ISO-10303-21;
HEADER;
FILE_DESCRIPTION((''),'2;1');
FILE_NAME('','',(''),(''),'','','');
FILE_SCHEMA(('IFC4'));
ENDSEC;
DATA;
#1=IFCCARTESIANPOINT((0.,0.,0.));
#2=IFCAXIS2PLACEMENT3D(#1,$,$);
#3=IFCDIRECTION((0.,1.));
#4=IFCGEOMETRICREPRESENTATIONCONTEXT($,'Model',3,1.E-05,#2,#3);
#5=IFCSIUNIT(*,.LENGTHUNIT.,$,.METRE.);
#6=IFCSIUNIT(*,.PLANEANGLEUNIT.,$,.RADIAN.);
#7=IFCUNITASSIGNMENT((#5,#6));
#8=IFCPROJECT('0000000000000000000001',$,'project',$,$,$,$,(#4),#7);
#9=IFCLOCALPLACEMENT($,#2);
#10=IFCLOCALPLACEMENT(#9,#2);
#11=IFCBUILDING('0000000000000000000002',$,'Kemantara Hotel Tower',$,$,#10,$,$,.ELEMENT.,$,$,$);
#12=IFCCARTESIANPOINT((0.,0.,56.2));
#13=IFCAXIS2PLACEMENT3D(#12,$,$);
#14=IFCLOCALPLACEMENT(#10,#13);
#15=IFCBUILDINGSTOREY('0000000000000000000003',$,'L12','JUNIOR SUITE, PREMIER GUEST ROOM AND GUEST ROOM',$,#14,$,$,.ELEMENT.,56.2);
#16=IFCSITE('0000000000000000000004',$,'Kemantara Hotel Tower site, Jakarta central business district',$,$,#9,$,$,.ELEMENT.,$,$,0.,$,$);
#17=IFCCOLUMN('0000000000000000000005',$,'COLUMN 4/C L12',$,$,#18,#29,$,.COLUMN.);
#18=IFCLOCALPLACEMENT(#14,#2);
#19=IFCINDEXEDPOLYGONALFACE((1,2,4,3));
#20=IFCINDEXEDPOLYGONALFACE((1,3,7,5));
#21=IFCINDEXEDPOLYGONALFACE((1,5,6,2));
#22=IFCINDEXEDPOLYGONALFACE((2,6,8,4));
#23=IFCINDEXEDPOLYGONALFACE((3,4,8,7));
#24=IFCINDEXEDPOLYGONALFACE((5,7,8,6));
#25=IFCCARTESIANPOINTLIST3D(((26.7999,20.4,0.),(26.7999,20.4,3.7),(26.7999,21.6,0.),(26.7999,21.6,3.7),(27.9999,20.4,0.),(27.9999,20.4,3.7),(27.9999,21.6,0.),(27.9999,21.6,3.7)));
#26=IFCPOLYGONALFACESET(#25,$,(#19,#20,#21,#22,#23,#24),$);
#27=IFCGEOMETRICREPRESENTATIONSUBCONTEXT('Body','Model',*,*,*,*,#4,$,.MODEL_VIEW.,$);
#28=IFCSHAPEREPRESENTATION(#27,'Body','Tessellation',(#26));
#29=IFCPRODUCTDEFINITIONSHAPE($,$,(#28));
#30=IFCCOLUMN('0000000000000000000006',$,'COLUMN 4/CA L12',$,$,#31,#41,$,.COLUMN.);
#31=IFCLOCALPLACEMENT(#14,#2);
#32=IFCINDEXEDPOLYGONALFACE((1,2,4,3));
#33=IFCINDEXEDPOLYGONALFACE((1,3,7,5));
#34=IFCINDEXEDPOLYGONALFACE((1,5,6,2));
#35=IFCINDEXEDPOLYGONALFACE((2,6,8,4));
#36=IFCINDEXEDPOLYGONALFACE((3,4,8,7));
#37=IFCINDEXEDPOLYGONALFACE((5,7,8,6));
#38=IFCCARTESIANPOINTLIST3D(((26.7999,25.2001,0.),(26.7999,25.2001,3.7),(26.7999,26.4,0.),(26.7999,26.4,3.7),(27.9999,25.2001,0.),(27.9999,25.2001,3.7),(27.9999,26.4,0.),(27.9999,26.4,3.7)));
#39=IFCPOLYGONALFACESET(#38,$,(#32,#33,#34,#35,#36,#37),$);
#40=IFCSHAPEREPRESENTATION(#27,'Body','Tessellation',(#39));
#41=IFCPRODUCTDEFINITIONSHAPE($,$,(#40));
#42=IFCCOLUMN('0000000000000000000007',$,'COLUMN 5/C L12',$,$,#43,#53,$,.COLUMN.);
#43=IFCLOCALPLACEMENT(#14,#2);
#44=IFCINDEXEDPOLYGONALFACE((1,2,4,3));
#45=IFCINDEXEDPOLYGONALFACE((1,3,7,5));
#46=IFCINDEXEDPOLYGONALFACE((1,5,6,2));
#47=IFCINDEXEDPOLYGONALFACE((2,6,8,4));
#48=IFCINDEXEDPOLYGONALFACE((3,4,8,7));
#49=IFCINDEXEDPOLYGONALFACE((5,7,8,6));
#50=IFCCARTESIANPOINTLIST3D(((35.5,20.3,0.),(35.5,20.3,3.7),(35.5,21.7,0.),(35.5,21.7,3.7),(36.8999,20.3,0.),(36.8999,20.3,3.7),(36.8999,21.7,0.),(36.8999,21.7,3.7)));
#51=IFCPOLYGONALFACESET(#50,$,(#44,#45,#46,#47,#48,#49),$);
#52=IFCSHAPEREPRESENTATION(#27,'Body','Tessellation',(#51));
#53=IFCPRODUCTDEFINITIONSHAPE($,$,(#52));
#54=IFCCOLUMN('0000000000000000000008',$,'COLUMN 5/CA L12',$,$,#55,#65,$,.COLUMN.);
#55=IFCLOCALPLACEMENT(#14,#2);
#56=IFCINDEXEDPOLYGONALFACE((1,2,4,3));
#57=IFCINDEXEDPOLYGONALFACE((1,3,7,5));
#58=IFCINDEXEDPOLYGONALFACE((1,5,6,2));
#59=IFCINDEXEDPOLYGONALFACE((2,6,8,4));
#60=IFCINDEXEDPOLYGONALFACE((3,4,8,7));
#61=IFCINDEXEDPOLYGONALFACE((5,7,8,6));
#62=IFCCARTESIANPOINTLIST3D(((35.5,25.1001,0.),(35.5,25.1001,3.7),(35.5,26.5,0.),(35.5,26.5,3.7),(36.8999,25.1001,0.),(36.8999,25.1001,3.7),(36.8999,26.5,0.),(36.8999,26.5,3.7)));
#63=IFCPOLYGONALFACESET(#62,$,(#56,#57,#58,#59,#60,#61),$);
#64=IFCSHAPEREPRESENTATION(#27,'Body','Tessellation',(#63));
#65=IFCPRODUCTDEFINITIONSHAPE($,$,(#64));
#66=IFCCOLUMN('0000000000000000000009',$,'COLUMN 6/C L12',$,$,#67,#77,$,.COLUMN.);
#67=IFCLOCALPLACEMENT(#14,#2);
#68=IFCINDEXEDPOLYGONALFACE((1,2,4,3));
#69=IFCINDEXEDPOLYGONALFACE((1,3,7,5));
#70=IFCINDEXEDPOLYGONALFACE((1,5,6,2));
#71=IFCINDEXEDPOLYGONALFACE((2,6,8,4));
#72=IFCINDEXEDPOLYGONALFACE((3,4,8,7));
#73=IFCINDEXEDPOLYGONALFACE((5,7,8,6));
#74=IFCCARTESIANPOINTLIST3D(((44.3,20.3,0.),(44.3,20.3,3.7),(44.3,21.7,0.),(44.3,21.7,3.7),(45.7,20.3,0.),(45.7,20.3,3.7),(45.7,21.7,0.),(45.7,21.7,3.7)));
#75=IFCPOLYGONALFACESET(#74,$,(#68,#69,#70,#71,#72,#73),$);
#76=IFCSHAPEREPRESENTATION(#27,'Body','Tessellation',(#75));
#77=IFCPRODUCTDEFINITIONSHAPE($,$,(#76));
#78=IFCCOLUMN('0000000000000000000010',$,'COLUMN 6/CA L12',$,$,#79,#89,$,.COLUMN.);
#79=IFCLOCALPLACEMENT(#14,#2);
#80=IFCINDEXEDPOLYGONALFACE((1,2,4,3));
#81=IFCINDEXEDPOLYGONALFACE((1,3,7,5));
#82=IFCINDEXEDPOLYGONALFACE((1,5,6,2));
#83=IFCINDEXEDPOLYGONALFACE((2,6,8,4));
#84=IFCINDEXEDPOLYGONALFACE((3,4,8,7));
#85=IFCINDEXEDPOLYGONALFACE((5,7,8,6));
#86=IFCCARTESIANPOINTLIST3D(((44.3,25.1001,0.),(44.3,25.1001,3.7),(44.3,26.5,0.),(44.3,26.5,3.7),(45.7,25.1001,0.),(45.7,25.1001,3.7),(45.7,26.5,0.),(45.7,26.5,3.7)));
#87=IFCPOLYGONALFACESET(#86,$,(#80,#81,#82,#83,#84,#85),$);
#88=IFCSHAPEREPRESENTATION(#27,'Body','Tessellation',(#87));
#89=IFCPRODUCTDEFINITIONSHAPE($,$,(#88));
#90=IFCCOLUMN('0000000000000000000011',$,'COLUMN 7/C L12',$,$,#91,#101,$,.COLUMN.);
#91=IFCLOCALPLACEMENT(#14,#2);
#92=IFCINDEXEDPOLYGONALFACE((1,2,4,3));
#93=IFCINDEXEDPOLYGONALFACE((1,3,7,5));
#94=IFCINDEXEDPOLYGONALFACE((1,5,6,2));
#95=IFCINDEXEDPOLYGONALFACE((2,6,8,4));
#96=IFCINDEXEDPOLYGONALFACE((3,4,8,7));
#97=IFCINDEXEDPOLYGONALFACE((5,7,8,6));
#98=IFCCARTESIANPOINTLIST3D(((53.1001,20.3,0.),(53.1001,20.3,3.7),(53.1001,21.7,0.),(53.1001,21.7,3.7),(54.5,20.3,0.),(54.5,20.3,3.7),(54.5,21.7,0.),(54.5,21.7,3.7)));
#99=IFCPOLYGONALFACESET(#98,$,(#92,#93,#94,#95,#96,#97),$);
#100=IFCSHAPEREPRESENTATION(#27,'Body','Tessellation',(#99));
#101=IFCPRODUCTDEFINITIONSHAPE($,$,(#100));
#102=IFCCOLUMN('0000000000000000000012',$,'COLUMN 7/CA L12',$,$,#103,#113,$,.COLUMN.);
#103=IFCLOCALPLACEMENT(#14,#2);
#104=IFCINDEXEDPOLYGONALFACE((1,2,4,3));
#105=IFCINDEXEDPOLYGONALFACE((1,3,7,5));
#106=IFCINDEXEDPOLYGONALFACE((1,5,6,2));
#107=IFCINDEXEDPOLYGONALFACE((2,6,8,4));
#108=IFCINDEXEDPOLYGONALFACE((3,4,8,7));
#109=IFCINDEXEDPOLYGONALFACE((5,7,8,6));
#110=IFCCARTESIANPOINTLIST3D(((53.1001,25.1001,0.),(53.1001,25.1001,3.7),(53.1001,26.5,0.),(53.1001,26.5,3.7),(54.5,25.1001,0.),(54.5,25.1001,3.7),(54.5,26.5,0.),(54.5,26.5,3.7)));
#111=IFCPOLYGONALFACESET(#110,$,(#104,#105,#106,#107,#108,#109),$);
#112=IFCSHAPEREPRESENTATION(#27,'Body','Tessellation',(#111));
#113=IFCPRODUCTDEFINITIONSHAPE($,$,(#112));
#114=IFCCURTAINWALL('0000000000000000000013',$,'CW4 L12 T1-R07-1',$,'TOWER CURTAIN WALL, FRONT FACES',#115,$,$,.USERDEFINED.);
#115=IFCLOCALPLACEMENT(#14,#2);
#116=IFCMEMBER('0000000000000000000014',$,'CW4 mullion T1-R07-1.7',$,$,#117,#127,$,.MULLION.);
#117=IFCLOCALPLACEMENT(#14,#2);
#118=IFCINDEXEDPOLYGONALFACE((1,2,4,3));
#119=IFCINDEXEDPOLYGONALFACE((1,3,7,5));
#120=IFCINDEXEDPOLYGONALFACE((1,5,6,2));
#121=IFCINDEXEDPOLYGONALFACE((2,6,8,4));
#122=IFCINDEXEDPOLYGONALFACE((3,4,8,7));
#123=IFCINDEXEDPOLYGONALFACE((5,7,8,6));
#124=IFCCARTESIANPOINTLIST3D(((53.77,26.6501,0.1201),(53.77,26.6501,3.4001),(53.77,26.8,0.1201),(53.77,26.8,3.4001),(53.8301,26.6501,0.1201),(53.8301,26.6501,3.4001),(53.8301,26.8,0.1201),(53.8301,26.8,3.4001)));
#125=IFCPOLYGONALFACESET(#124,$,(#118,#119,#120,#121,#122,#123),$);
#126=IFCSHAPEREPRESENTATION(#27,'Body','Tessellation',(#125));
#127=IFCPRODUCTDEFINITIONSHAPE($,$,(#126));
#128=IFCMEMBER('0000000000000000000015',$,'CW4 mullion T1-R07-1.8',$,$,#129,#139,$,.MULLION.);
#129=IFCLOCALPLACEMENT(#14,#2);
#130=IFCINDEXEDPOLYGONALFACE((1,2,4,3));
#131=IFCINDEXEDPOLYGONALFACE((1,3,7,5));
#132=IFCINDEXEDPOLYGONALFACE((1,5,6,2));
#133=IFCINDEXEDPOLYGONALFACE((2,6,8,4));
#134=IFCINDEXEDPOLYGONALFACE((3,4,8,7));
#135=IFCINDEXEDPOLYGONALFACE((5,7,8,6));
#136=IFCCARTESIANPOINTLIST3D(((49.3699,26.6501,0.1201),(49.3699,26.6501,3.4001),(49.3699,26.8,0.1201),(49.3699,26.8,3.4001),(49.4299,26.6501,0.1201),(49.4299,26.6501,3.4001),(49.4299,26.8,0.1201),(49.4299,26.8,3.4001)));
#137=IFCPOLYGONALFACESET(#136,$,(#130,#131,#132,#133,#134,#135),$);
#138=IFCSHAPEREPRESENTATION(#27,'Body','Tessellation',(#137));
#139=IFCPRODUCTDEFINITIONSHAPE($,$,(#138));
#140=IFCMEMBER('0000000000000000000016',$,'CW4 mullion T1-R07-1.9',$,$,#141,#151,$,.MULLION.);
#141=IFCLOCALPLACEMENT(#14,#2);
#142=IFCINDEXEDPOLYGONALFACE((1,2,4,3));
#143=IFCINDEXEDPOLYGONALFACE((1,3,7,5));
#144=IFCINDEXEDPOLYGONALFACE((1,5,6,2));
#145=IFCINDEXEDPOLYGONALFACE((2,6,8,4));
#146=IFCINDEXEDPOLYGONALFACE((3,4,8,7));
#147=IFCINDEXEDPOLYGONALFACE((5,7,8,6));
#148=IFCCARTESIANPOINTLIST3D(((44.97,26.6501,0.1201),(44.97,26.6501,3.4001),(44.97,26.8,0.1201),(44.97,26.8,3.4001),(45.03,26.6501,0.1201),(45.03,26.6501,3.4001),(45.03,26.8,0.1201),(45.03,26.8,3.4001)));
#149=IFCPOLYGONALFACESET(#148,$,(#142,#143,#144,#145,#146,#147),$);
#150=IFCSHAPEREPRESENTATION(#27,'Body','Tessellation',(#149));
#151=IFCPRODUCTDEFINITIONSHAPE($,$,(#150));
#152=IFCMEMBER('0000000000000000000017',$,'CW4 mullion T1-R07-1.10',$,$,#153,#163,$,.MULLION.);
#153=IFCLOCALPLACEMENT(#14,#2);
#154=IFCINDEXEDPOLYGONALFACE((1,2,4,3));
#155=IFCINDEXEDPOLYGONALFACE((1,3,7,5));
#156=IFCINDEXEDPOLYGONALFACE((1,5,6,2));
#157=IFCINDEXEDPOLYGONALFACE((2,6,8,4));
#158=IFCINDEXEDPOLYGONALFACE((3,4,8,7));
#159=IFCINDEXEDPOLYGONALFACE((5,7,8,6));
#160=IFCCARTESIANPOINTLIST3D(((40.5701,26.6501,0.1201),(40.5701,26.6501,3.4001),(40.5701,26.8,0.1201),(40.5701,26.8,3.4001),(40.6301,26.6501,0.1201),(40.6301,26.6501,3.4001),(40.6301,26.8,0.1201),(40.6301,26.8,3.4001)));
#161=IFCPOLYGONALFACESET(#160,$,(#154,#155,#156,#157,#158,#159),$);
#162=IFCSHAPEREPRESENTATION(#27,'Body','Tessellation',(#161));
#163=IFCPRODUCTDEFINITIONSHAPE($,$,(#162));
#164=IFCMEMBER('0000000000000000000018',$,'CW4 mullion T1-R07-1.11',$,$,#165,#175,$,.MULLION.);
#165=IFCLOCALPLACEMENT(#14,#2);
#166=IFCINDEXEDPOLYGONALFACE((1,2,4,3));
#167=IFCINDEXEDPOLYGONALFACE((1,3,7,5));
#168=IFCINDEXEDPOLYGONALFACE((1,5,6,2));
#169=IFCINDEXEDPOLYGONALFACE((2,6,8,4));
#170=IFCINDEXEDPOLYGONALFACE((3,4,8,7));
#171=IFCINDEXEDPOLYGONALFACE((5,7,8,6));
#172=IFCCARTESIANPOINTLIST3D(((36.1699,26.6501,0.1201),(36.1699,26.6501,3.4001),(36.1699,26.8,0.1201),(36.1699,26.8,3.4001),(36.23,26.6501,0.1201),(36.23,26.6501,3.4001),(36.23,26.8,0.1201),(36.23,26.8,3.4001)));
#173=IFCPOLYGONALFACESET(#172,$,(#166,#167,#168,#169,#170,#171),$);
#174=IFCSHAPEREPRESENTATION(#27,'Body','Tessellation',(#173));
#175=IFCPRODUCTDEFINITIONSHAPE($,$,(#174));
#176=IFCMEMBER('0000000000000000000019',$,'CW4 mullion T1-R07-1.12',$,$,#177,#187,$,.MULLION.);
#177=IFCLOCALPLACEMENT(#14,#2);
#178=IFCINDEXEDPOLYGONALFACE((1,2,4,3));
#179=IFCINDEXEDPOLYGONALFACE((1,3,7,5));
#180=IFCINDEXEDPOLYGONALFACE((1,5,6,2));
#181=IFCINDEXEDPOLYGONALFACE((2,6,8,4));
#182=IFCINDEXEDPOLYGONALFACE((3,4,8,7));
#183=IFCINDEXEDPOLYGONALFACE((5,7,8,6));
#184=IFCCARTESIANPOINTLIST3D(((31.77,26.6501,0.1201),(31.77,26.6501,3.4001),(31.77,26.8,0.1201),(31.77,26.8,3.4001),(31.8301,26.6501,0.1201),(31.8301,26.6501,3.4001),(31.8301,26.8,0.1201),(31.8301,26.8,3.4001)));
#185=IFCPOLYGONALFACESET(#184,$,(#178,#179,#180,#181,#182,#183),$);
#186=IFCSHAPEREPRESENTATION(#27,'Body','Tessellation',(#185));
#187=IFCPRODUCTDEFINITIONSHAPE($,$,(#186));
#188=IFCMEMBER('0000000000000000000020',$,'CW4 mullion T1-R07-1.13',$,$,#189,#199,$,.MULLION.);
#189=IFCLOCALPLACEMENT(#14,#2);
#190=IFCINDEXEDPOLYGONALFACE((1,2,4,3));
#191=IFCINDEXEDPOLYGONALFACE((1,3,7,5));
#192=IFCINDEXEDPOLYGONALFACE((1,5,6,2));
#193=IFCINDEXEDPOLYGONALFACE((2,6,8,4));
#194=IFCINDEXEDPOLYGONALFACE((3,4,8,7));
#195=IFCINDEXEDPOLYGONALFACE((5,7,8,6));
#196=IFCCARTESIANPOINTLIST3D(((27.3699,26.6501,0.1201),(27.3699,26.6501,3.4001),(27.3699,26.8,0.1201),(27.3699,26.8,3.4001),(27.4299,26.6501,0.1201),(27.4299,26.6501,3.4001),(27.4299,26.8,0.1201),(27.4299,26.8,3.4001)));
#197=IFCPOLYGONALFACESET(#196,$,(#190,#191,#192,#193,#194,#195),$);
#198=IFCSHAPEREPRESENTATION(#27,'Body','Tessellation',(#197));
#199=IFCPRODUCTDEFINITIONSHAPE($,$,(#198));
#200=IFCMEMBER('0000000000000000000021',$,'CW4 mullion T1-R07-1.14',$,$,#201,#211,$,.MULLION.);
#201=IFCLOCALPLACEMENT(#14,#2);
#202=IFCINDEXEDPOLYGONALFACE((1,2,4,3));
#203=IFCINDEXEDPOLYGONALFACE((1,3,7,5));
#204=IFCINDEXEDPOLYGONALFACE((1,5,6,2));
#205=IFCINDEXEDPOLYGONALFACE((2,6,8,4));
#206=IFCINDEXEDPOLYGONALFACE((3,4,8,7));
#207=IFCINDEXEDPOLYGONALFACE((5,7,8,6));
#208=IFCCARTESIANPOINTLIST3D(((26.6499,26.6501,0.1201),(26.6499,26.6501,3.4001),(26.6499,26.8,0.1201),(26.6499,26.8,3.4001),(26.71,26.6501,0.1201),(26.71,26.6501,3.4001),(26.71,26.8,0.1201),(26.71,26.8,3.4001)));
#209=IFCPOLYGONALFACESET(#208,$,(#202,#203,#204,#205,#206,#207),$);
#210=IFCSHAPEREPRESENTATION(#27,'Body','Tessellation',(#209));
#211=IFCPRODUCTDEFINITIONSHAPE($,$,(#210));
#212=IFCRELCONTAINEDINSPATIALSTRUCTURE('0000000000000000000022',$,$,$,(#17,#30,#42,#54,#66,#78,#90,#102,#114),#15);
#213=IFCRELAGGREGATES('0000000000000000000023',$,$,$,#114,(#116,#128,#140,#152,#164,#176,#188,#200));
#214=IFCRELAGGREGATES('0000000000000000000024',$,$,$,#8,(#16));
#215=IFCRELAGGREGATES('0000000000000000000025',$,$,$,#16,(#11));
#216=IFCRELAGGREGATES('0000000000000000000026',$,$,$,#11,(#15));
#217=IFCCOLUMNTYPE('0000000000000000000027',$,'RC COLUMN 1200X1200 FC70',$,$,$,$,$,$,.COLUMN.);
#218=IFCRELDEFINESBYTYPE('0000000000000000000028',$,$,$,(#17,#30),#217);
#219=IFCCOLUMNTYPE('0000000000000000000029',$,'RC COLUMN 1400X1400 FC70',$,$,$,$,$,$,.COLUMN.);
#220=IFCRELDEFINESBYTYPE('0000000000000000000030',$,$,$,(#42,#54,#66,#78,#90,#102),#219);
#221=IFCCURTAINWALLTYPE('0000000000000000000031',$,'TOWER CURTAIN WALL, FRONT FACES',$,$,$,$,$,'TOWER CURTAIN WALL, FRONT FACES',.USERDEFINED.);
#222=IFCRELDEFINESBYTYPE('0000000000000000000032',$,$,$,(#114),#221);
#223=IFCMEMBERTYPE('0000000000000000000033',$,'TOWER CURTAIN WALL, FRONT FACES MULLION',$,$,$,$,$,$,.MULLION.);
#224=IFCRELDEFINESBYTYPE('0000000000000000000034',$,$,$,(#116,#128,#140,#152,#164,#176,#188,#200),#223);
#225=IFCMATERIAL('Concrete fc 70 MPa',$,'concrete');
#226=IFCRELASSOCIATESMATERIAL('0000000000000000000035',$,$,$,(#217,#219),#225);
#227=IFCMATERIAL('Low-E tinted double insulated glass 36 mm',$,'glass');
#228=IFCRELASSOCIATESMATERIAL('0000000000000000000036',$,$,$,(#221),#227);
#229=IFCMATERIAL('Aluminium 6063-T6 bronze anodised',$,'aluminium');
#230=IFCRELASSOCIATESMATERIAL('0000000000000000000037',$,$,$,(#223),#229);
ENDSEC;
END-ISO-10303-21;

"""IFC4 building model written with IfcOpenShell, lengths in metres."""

from ifc_helpers import new_model, si_unit, direction, frame, origin, origin_2d, place, context, subcontext, project, spatial, rectangle, extrude, source, transform, mapped, material, material_profile, profile_set, type_object, element, aggregate, save


model = new_model("IFC4")

# Units and contexts
model_context = context("Model", 3, precision=1e-05, world=origin(), true_north=direction((0.0, 1.0)))
body_context = subcontext(model_context, "Body", "Model", "MODEL_VIEW")
ifc_project = project(units=[si_unit("LENGTHUNIT", "METRE"), si_unit("PLANEANGLEUNIT", "RADIAN")], contexts=[model_context])

# Site, building, storey
site_placement = place(None, origin())
site = spatial("IfcSite", under=ifc_project, at=site_placement, Name="Kemantara Hotel Tower site, Jakarta central business district", CompositionType="ELEMENT", RefElevation=0.0)
building_placement = place(site_placement, origin())
building = spatial("IfcBuilding", under=site, at=building_placement, Name="Kemantara Hotel Tower", CompositionType="ELEMENT")
storey_placement = place(building_placement, frame((0.0, 0.0, 56.2)))
storey = spatial("IfcBuildingStorey", under=building, at=storey_placement, Name="L12", Description="JUNIOR SUITE, PREMIER GUEST ROOM AND GUEST ROOM", CompositionType="ELEMENT", Elevation=56.2)

# Columns
ifc_material_1 = material(Name="Concrete fc 70 MPa", Category="concrete")
ifc_material_profile_1 = material_profile(ifc_material_1, rectangle(XDim=1.2, YDim=1.2, at=origin_2d()), Name="RC 1200X1200")
ifc_profile_set_1 = profile_set([ifc_material_profile_1], Name="Concrete fc 70 MPa")
column_type_1 = type_object("IfcColumnType", Name="RC COLUMN 1200X1200 FC70", PredefinedType="COLUMN", material=ifc_profile_set_1)
for number, where, z_axis, x_axis, name in (
    (1, (27.3999, 21.0, 0.0), (0.0, 0.0, 1.0), (1.0, 0.0, 0.0), "COLUMN 4/C L12"),
    (2, (27.3999, 25.8, 0.0), (0.0, 0.0, 1.0), (1.0, 0.0, 0.0), "COLUMN 4/CA L12"),
):
    element("IfcColumn", number, at=place(storey_placement, frame(where, z_axis=z_axis, x_axis=x_axis)), inside=storey, type_object=column_type_1, Name=name, PredefinedType="COLUMN", context=body_context, shape_type="SweptSolid", body=[
        extrude(rectangle(XDim=1.2, YDim=1.2, at=origin_2d()), origin(), (0.0, 0.0, 1.0), 3.7),
    ])
ifc_material_profile_2 = material_profile(ifc_material_1, rectangle(XDim=1.3999, YDim=1.3999, at=origin_2d()), Name="RC 1400X1400")
ifc_profile_set_2 = profile_set([ifc_material_profile_2], Name="Concrete fc 70 MPa")
column_type_2 = type_object("IfcColumnType", Name="RC COLUMN 1400X1400 FC70", PredefinedType="COLUMN", material=ifc_profile_set_2)
for number, where, z_axis, x_axis, name in (
    (3, (36.2, 21.0, 0.0), (0.0, 0.0, 1.0), (1.0, 0.0, 0.0), "COLUMN 5/C L12"),
    (4, (36.2, 25.8, 0.0), (0.0, 0.0, 1.0), (1.0, 0.0, 0.0), "COLUMN 5/CA L12"),
    (5, (45.0, 21.0, 0.0), (0.0, 0.0, 1.0), (1.0, 0.0, 0.0), "COLUMN 6/C L12"),
    (6, (45.0, 25.8, 0.0), (0.0, 0.0, 1.0), (1.0, 0.0, 0.0), "COLUMN 6/CA L12"),
    (7, (53.8, 21.0, 0.0), (0.0, 0.0, 1.0), (1.0, 0.0, 0.0), "COLUMN 7/C L12"),
    (8, (53.8, 25.8, 0.0), (0.0, 0.0, 1.0), (1.0, 0.0, 0.0), "COLUMN 7/CA L12"),
):
    element("IfcColumn", number, at=place(storey_placement, frame(where, z_axis=z_axis, x_axis=x_axis)), inside=storey, type_object=column_type_2, Name=name, PredefinedType="COLUMN", context=body_context, shape_type="SweptSolid", body=[
        extrude(rectangle(XDim=1.3999, YDim=1.3999, at=origin_2d()), origin(), (0.0, 0.0, 1.0), 3.7),
    ])

# Curtain wall, members
ifc_material_2 = material(Name="Low-E tinted double insulated glass 36 mm", Category="glass")
curtain_wall_type = type_object("IfcCurtainWallType", Name="TOWER CURTAIN WALL, FRONT FACES", ElementType="TOWER CURTAIN WALL, FRONT FACES", PredefinedType="USERDEFINED", material=ifc_material_2)
curtain_wall_placement = place(storey_placement, origin())
curtain_wall = element("IfcCurtainWall", 9, at=curtain_wall_placement, inside=storey, type_object=curtain_wall_type, Name="CW4 L12 T1-R07-1", ObjectType="TOWER CURTAIN WALL, FRONT FACES", PredefinedType="USERDEFINED")
ifc_material_3 = material(Name="Aluminium 6063-T6 bronze anodised", Category="aluminium")
ifc_material_profile_3 = material_profile(ifc_material_3, rectangle(XDim=0.1499, YDim=0.0601, at=origin_2d()), Name="TOWER CURTAIN WALL, FRONT FACES MULLION")
ifc_profile_set_3 = profile_set([ifc_material_profile_3], Name="Aluminium 6063-T6 bronze anodised")
member_type = type_object("IfcMemberType", Name="TOWER CURTAIN WALL, FRONT FACES MULLION", PredefinedType="MULLION", material=ifc_profile_set_3)
shared_shape_1 = source(origin(), body_context, "Body", "SweptSolid", [
    extrude(rectangle(XDim=0.1499, YDim=0.0601, at=origin_2d()), origin(), (0.0, 0.0, 1.0), 3.28),
])
member_1_placement = place(storey_placement, frame((53.8, 26.7251, 0.1201), z_axis=(0.0, 0.0, 1.0), x_axis=(0.0, -1.0, 0.0)))
member_1 = element("IfcMember", 10, at=member_1_placement, type_object=member_type, Name="CW4 mullion T1-R07-1.7", PredefinedType="MULLION", context=body_context, shape_type="MappedRepresentation", body=[
    mapped(shared_shape_1, transform((0.0, 0.0, 0.0))),
])
member_2_placement = place(storey_placement, frame((49.3999, 26.7251, 0.1201), z_axis=(0.0, 0.0, 1.0), x_axis=(0.0, -1.0, 0.0)))
member_2 = element("IfcMember", 11, at=member_2_placement, type_object=member_type, Name="CW4 mullion T1-R07-1.8", PredefinedType="MULLION", context=body_context, shape_type="MappedRepresentation", body=[
    mapped(shared_shape_1, transform((0.0, 0.0, 0.0))),
])
member_3_placement = place(storey_placement, frame((45.0, 26.7251, 0.1201), z_axis=(0.0, 0.0, 1.0), x_axis=(0.0, -1.0, 0.0)))
member_3 = element("IfcMember", 12, at=member_3_placement, type_object=member_type, Name="CW4 mullion T1-R07-1.9", PredefinedType="MULLION", context=body_context, shape_type="MappedRepresentation", body=[
    mapped(shared_shape_1, transform((0.0, 0.0, 0.0))),
])
member_4_placement = place(storey_placement, frame((40.6001, 26.7251, 0.1201), z_axis=(0.0, 0.0, 1.0), x_axis=(0.0, -1.0, 0.0)))
member_4 = element("IfcMember", 13, at=member_4_placement, type_object=member_type, Name="CW4 mullion T1-R07-1.10", PredefinedType="MULLION", context=body_context, shape_type="MappedRepresentation", body=[
    mapped(shared_shape_1, transform((0.0, 0.0, 0.0))),
])
member_5_placement = place(storey_placement, frame((36.2, 26.7251, 0.1201), z_axis=(0.0, 0.0, 1.0), x_axis=(0.0, -1.0, 0.0)))
member_5 = element("IfcMember", 14, at=member_5_placement, type_object=member_type, Name="CW4 mullion T1-R07-1.11", PredefinedType="MULLION", context=body_context, shape_type="MappedRepresentation", body=[
    mapped(shared_shape_1, transform((0.0, 0.0, 0.0))),
])
member_6_placement = place(storey_placement, frame((31.8, 26.7251, 0.1201), z_axis=(0.0, 0.0, 1.0), x_axis=(0.0, -1.0, 0.0)))
member_6 = element("IfcMember", 15, at=member_6_placement, type_object=member_type, Name="CW4 mullion T1-R07-1.12", PredefinedType="MULLION", context=body_context, shape_type="MappedRepresentation", body=[
    mapped(shared_shape_1, transform((0.0, 0.0, 0.0))),
])
member_7_placement = place(storey_placement, frame((27.3999, 26.7251, 0.1201), z_axis=(0.0, 0.0, 1.0), x_axis=(0.0, -1.0, 0.0)))
member_7 = element("IfcMember", 16, at=member_7_placement, type_object=member_type, Name="CW4 mullion T1-R07-1.13", PredefinedType="MULLION", context=body_context, shape_type="MappedRepresentation", body=[
    mapped(shared_shape_1, transform((0.0, 0.0, 0.0))),
])
member_8_placement = place(storey_placement, frame((26.6799, 26.7251, 0.1201), z_axis=(0.0, 0.0, 1.0), x_axis=(0.0, -1.0, 0.0)))
member_8 = element("IfcMember", 17, at=member_8_placement, type_object=member_type, Name="CW4 mullion T1-R07-1.14", PredefinedType="MULLION", context=body_context, shape_type="MappedRepresentation", body=[
    mapped(shared_shape_1, transform((0.0, 0.0, 0.0))),
])
aggregate(curtain_wall, [member_1, member_2, member_3, member_4, member_5, member_6, member_7, member_8])

save(model, "model.ifc")
